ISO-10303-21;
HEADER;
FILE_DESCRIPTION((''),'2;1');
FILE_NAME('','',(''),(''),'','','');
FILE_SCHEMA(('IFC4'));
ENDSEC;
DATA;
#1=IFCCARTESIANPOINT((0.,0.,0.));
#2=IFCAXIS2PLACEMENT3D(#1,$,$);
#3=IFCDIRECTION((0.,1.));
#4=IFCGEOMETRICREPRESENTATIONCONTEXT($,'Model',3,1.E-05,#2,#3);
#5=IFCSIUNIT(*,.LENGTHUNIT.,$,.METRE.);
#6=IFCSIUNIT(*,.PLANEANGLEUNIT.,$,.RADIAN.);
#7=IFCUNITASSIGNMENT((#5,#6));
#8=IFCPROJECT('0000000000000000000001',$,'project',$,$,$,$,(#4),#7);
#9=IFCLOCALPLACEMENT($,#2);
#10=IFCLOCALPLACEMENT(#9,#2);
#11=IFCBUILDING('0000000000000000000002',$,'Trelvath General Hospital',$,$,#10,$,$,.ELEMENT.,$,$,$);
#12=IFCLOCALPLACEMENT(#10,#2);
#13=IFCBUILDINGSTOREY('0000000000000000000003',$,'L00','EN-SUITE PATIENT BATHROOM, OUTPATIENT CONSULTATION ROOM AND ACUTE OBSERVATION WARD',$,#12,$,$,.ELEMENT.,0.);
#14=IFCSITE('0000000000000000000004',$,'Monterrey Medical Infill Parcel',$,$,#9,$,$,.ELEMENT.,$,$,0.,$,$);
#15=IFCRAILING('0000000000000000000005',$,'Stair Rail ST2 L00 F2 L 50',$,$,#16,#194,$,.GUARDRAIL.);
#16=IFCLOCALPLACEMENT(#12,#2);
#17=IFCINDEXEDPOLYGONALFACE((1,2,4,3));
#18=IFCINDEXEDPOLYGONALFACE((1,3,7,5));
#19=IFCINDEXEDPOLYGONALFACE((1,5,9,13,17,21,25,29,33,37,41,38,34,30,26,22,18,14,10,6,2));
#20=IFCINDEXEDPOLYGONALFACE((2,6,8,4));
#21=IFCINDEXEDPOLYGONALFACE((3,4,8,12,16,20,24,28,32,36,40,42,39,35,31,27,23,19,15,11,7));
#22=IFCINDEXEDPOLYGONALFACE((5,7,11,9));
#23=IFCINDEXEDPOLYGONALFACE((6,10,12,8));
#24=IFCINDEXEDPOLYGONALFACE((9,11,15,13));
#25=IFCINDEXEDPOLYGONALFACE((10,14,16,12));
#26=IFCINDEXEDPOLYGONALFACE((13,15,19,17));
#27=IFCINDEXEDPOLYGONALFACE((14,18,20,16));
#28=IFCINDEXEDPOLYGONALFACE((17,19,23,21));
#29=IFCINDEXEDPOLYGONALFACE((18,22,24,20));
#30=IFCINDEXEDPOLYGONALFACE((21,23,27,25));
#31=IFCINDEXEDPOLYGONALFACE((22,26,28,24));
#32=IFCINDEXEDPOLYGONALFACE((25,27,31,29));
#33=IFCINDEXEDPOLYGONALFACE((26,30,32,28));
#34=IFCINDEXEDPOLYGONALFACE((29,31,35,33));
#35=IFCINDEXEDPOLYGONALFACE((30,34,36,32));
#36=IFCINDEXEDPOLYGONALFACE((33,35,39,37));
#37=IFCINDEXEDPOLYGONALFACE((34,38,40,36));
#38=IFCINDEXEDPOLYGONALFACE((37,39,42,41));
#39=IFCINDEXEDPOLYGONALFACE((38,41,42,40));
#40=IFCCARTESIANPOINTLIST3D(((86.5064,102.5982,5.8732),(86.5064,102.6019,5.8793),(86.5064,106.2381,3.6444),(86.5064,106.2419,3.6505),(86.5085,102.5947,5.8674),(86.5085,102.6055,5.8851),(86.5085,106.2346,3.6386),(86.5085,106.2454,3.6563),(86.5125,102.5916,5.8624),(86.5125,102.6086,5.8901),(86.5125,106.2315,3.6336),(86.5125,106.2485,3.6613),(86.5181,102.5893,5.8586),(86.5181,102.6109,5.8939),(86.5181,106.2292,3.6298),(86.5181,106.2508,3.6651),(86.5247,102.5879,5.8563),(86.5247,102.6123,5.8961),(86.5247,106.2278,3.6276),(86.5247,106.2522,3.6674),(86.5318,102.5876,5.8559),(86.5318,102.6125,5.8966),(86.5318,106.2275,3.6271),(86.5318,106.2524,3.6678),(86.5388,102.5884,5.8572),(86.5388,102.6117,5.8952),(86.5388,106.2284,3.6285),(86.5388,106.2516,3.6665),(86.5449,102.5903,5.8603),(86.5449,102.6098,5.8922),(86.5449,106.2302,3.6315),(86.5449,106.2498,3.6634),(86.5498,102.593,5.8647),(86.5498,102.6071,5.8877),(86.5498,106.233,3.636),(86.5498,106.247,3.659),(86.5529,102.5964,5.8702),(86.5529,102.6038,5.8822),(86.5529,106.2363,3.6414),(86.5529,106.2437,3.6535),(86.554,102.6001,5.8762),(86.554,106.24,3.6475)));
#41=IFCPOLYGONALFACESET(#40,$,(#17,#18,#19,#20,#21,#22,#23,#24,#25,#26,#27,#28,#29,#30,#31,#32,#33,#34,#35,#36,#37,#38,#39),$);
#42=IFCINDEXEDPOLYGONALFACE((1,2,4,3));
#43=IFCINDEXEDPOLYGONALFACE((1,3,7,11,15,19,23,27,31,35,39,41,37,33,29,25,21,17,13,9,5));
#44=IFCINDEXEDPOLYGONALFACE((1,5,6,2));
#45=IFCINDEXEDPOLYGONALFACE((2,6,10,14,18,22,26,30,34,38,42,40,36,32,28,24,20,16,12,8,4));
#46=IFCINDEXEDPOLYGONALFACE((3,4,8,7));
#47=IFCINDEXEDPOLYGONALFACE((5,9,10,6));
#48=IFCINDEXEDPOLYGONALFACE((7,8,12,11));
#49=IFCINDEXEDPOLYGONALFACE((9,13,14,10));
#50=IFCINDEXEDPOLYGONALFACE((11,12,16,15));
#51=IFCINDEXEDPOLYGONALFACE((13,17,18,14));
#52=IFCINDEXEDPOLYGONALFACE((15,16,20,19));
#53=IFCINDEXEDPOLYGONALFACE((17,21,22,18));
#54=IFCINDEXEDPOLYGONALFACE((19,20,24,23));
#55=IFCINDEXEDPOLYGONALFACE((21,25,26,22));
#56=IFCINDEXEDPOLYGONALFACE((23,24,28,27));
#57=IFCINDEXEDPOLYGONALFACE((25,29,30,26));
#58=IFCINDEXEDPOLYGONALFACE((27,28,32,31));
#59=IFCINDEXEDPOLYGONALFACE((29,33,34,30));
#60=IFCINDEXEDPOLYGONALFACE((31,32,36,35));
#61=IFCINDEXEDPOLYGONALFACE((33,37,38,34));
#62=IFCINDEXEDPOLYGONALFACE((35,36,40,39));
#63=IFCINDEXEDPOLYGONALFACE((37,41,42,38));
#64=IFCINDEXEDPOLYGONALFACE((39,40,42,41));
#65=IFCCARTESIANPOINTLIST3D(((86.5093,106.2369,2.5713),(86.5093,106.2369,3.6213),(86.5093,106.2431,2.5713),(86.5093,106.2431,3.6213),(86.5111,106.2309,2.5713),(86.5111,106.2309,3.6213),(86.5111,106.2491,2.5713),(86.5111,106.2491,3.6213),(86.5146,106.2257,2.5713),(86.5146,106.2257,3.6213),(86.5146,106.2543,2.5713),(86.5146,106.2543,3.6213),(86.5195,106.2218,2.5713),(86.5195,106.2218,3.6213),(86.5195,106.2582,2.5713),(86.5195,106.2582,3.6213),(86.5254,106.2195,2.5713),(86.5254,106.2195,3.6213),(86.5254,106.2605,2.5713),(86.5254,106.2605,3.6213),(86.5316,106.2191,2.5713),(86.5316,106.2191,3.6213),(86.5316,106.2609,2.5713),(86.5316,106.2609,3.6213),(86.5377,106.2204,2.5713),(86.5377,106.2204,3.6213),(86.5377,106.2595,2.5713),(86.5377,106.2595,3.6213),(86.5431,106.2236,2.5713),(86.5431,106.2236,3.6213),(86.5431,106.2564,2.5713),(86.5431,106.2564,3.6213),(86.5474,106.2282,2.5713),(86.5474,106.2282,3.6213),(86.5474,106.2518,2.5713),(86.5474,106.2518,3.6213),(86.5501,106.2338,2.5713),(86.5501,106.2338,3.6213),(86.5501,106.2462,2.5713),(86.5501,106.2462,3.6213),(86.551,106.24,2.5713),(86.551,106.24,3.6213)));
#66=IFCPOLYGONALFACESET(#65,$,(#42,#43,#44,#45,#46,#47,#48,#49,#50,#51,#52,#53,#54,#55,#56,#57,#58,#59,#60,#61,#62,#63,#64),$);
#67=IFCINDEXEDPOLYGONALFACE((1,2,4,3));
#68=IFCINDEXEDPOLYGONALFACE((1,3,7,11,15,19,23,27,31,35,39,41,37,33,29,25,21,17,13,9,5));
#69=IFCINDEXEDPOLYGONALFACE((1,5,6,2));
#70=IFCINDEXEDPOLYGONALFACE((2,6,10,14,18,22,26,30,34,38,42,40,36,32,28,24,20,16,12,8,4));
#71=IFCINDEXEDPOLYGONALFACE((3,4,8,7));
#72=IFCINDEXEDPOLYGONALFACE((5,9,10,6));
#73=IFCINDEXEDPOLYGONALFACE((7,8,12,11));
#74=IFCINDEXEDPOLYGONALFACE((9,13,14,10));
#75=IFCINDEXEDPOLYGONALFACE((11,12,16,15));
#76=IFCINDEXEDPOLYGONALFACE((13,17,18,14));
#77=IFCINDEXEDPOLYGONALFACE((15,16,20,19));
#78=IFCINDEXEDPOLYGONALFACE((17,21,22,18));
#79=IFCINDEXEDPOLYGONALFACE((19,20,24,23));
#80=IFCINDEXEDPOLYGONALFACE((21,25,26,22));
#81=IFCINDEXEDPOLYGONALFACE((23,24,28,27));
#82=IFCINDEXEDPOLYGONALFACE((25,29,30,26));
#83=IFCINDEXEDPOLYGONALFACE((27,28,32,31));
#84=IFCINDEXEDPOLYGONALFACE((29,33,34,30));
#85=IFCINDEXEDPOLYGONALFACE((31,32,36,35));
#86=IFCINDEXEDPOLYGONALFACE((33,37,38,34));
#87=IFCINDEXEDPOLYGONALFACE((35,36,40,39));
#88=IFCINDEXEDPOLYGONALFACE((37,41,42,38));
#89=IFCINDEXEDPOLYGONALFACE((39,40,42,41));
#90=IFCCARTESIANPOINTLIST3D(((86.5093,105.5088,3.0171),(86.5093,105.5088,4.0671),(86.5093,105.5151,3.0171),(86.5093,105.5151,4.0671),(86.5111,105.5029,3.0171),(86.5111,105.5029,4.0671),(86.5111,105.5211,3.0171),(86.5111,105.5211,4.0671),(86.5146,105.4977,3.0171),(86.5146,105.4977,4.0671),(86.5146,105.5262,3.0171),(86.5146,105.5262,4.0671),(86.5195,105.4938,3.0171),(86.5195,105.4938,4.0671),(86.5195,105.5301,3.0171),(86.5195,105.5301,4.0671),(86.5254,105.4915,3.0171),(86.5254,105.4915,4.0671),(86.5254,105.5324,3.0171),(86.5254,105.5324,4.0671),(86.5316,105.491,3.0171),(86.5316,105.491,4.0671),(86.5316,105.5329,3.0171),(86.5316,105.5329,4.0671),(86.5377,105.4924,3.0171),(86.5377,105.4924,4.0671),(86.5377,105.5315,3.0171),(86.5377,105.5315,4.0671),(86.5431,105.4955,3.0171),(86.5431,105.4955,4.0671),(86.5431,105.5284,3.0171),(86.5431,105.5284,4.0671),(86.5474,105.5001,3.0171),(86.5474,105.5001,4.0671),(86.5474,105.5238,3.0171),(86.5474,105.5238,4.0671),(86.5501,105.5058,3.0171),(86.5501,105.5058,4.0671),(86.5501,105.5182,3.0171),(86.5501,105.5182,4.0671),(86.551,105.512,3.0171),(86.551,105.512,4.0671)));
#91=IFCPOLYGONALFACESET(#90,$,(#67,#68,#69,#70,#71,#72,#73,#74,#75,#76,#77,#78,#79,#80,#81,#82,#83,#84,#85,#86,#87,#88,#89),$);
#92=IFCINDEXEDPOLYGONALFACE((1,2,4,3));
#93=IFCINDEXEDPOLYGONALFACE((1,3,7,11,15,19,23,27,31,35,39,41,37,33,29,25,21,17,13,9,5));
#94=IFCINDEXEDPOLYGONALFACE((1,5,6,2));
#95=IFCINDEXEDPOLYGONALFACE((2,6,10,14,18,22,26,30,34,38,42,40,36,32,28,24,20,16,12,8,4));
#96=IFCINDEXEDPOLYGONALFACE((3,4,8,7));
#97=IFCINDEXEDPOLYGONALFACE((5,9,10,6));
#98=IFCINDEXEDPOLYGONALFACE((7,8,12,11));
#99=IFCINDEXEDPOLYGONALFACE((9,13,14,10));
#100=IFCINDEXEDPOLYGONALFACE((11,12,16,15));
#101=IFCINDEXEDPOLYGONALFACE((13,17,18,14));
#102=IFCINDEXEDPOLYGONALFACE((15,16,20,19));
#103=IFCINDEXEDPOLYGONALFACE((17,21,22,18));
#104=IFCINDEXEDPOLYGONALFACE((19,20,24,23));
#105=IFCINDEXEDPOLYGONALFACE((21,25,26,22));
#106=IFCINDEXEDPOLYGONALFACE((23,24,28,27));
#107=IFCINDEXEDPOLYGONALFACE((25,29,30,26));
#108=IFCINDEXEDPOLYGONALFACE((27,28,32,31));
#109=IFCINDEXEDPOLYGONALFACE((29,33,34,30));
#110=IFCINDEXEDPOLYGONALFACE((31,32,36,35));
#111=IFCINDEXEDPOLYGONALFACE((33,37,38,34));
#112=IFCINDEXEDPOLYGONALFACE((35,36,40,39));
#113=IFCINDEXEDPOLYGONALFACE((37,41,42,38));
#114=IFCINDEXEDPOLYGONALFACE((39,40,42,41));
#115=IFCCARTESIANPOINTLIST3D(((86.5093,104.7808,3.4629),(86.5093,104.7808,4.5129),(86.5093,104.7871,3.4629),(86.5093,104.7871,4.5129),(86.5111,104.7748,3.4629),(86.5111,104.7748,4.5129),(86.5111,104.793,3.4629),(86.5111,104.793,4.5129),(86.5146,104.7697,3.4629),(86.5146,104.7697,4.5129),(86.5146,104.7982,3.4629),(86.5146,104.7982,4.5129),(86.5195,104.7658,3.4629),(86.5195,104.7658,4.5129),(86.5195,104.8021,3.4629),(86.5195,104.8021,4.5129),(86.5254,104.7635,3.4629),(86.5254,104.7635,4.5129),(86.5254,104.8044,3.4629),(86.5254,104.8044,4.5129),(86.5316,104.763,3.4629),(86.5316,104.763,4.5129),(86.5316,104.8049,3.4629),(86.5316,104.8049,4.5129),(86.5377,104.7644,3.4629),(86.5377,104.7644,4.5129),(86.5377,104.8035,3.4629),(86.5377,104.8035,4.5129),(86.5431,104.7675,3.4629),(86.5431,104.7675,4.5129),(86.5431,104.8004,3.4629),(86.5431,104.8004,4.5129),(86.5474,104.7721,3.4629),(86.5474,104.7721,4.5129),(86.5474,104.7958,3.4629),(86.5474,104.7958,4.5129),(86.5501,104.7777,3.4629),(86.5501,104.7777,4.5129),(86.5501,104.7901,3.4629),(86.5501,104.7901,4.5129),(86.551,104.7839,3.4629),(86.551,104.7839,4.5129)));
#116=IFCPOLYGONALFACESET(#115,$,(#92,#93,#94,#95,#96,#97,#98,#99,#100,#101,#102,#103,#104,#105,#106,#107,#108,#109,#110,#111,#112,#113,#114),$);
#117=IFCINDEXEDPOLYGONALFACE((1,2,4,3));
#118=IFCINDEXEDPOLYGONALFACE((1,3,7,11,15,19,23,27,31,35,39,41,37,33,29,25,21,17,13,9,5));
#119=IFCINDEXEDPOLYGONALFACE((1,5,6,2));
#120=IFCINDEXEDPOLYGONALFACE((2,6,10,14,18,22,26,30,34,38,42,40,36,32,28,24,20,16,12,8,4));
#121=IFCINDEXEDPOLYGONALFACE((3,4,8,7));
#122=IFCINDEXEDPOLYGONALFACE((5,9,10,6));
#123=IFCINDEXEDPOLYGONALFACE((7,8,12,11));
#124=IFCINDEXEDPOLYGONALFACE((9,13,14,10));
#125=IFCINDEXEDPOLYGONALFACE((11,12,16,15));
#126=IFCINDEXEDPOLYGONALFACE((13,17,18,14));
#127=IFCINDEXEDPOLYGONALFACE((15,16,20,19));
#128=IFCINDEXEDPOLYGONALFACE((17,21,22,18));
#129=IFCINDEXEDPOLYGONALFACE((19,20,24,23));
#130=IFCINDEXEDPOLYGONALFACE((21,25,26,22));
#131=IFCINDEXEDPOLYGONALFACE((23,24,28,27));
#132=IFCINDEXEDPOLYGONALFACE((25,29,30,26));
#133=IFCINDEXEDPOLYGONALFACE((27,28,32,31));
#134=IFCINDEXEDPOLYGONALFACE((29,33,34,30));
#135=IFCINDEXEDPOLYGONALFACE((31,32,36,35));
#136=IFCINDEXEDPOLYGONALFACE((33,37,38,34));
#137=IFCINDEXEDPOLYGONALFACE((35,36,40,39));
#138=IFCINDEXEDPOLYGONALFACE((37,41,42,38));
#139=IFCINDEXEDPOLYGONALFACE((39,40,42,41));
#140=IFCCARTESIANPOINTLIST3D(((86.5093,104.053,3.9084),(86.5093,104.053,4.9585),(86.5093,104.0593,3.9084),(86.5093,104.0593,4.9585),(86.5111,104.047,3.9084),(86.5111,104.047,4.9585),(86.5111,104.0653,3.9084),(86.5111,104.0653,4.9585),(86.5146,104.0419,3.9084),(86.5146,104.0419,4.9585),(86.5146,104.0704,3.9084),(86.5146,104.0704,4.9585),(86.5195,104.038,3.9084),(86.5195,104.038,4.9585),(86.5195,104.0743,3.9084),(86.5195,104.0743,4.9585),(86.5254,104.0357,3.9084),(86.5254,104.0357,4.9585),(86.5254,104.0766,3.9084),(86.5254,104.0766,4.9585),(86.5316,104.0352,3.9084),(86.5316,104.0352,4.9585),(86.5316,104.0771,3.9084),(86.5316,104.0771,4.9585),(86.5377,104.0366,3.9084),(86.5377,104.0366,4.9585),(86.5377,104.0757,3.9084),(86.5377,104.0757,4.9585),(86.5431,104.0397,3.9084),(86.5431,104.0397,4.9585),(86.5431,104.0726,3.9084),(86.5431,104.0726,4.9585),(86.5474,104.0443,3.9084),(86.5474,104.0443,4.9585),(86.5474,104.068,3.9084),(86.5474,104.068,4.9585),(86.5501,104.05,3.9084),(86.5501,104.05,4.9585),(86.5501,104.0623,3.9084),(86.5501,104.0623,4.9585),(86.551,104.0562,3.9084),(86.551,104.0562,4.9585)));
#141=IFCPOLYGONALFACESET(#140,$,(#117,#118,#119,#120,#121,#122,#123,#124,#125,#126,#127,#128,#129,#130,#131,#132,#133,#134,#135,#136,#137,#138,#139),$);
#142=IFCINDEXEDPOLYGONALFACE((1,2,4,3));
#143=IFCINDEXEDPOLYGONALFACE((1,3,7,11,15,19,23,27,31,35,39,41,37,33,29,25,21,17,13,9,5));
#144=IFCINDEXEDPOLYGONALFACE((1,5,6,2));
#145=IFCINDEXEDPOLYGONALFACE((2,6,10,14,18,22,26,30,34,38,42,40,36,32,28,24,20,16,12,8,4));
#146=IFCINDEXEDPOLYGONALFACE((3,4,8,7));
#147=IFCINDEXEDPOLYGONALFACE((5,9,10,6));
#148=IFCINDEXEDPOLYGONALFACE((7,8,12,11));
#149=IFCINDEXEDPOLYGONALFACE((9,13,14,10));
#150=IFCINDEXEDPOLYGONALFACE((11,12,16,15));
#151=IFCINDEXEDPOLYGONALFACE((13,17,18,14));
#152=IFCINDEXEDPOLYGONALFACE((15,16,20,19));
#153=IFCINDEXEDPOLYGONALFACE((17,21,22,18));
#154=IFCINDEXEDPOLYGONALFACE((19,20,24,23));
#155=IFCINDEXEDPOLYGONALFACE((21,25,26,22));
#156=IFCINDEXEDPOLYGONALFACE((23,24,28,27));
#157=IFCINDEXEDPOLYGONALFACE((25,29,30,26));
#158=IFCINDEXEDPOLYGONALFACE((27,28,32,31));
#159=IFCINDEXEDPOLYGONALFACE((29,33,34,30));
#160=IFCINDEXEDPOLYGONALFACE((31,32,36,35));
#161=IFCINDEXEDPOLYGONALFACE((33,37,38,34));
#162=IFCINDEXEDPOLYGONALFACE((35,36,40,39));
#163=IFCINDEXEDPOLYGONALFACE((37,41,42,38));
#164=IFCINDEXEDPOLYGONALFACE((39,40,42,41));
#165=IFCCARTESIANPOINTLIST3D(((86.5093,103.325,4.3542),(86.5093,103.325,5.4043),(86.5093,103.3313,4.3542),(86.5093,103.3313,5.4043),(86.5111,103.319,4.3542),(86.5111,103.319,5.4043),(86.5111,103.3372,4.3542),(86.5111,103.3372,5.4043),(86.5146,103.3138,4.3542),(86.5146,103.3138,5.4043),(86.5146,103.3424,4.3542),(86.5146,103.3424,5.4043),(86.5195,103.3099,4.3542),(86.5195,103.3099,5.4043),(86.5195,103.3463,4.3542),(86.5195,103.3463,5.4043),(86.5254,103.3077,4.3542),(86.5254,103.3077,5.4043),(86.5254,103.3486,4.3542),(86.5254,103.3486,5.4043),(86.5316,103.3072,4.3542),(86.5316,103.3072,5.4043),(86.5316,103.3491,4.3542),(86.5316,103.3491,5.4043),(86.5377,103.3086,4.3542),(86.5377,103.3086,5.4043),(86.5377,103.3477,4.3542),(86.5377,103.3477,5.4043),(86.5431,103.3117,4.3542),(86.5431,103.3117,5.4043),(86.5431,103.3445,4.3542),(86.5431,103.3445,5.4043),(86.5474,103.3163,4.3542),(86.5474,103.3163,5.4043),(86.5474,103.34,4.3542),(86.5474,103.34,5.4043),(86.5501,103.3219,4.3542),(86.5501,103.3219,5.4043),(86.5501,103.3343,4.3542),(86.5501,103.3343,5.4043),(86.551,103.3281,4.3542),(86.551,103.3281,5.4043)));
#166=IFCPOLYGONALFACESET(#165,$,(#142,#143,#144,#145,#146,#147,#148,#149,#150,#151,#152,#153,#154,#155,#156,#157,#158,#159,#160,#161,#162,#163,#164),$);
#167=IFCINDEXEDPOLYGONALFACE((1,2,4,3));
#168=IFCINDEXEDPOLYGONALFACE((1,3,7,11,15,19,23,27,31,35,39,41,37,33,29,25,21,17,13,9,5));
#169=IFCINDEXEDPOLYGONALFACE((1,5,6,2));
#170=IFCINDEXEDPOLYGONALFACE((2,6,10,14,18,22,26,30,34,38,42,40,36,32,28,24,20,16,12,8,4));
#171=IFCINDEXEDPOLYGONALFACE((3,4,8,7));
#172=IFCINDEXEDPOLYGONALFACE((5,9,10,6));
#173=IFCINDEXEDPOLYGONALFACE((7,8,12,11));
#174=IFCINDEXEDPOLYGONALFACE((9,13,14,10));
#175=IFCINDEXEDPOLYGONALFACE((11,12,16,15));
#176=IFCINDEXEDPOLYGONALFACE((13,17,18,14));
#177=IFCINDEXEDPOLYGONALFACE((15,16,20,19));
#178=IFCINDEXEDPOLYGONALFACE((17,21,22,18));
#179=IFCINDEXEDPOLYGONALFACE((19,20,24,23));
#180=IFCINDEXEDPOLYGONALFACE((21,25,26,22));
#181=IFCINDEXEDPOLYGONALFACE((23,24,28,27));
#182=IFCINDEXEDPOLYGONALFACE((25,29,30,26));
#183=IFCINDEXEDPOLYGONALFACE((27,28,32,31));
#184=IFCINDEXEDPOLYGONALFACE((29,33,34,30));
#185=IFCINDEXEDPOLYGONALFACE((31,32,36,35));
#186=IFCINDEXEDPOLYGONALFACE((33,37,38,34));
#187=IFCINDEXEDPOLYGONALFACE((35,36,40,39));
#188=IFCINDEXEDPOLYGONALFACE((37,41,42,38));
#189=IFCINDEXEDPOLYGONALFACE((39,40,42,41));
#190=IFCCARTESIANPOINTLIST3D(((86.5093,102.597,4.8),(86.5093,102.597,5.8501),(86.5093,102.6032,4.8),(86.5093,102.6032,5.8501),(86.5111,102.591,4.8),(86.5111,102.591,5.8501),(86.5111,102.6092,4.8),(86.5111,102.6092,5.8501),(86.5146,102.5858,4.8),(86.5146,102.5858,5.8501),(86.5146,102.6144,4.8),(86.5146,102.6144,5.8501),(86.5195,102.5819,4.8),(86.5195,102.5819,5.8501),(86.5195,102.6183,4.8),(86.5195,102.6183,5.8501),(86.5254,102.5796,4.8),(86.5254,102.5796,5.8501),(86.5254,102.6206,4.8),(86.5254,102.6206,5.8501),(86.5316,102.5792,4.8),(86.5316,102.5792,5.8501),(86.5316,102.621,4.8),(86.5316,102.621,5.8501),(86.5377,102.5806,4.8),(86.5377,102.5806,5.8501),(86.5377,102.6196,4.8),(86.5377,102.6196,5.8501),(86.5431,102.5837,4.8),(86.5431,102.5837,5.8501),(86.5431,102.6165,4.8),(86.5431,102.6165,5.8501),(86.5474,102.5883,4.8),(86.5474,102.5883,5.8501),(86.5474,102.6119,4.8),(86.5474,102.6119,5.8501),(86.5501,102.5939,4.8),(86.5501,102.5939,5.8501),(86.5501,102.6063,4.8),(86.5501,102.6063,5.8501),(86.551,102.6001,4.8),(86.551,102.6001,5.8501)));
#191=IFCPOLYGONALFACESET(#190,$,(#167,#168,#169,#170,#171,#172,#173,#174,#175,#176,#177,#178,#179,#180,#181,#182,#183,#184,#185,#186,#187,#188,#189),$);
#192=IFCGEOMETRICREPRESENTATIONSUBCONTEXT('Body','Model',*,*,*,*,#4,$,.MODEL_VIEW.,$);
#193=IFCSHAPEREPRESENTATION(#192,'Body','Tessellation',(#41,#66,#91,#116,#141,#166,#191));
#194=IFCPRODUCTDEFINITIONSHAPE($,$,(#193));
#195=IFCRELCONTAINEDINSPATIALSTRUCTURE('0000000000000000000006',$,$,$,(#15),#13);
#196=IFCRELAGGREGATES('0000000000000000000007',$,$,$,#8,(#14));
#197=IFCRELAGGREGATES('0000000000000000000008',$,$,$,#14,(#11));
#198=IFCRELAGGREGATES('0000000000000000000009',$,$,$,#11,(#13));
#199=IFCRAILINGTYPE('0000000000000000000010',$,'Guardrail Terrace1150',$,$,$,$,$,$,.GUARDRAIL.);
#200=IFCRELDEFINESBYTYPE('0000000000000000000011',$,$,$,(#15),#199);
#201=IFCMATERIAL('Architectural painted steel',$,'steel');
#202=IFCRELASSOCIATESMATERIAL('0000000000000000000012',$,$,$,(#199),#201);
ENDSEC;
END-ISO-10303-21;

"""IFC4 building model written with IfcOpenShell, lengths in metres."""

from ifc_helpers import new_model, si_unit, direction, frame, origin, origin_2d, place, context, subcontext, project, spatial, circle, extrude, material, type_object, element, save


model = new_model("IFC4")

# Units and contexts
model_context = context("Model", 3, precision=1e-05, world=origin(), true_north=direction((0.0, 1.0)))
body_context = subcontext(model_context, "Body", "Model", "MODEL_VIEW")
ifc_project = project(units=[si_unit("LENGTHUNIT", "METRE"), si_unit("PLANEANGLEUNIT", "RADIAN")], contexts=[model_context])

# Site, building, storey
site_placement = place(None, origin())
site = spatial("IfcSite", under=ifc_project, at=site_placement, Name="Monterrey Medical Infill Parcel", CompositionType="ELEMENT", RefElevation=0.0)
building_placement = place(site_placement, origin())
building = spatial("IfcBuilding", under=site, at=building_placement, Name="Trelvath General Hospital", CompositionType="ELEMENT")
storey_placement = place(building_placement, origin())
storey = spatial("IfcBuildingStorey", under=building, at=storey_placement, Name="L00", Description="EN-SUITE PATIENT BATHROOM, OUTPATIENT CONSULTATION ROOM AND ACUTE OBSERVATION WARD", CompositionType="ELEMENT", Elevation=0.0)

# Railing
ifc_material_1 = material(Name="Architectural painted steel", Category="steel")
railing_type_1 = type_object("IfcRailingType", Name="Guardrail Terrace1150", PredefinedType="GUARDRAIL", material=ifc_material_1)
railing_1_placement = place(storey_placement, frame((86.53, 106.24, 2.5713)))
element("IfcRailing", 1, at=railing_1_placement, inside=storey, type_object=railing_type_1, Name="Stair Rail ST2 L00 F2 L 50", PredefinedType="GUARDRAIL", context=body_context, shape_type="SweptSolid", body=[
    extrude(circle(Radius=0.0239, at=origin_2d()), frame((0.0, 0.0, 1.0762), z_axis=(0.0, -0.852825, 0.522197), x_axis=(1.0, 0.0, 0.0)), (0.0, 0.0, 1.0), 4.2681),
    extrude(circle(Radius=0.021, at=origin_2d()), origin(), (0.0, 0.0, 1.0), 1.05),
    extrude(circle(Radius=0.021, at=origin_2d()), frame((0.0, -0.728, 0.4458)), (0.0, 0.0, 1.0), 1.05),
    extrude(circle(Radius=0.021, at=origin_2d()), frame((0.0, -1.4561, 0.8916)), (0.0, 0.0, 1.0), 1.05),
    extrude(circle(Radius=0.021, at=origin_2d()), frame((0.0, -2.1838, 1.3372)), (0.0, 0.0, 1.0), 1.05),
    extrude(circle(Radius=0.021, at=origin_2d()), frame((0.0, -2.9119, 1.783)), (0.0, 0.0, 1.0), 1.05),
    extrude(circle(Radius=0.021, at=origin_2d()), frame((0.0, -3.6399, 2.2288)), (0.0, 0.0, 1.0), 1.05),
])

save(model, "model.ifc")
